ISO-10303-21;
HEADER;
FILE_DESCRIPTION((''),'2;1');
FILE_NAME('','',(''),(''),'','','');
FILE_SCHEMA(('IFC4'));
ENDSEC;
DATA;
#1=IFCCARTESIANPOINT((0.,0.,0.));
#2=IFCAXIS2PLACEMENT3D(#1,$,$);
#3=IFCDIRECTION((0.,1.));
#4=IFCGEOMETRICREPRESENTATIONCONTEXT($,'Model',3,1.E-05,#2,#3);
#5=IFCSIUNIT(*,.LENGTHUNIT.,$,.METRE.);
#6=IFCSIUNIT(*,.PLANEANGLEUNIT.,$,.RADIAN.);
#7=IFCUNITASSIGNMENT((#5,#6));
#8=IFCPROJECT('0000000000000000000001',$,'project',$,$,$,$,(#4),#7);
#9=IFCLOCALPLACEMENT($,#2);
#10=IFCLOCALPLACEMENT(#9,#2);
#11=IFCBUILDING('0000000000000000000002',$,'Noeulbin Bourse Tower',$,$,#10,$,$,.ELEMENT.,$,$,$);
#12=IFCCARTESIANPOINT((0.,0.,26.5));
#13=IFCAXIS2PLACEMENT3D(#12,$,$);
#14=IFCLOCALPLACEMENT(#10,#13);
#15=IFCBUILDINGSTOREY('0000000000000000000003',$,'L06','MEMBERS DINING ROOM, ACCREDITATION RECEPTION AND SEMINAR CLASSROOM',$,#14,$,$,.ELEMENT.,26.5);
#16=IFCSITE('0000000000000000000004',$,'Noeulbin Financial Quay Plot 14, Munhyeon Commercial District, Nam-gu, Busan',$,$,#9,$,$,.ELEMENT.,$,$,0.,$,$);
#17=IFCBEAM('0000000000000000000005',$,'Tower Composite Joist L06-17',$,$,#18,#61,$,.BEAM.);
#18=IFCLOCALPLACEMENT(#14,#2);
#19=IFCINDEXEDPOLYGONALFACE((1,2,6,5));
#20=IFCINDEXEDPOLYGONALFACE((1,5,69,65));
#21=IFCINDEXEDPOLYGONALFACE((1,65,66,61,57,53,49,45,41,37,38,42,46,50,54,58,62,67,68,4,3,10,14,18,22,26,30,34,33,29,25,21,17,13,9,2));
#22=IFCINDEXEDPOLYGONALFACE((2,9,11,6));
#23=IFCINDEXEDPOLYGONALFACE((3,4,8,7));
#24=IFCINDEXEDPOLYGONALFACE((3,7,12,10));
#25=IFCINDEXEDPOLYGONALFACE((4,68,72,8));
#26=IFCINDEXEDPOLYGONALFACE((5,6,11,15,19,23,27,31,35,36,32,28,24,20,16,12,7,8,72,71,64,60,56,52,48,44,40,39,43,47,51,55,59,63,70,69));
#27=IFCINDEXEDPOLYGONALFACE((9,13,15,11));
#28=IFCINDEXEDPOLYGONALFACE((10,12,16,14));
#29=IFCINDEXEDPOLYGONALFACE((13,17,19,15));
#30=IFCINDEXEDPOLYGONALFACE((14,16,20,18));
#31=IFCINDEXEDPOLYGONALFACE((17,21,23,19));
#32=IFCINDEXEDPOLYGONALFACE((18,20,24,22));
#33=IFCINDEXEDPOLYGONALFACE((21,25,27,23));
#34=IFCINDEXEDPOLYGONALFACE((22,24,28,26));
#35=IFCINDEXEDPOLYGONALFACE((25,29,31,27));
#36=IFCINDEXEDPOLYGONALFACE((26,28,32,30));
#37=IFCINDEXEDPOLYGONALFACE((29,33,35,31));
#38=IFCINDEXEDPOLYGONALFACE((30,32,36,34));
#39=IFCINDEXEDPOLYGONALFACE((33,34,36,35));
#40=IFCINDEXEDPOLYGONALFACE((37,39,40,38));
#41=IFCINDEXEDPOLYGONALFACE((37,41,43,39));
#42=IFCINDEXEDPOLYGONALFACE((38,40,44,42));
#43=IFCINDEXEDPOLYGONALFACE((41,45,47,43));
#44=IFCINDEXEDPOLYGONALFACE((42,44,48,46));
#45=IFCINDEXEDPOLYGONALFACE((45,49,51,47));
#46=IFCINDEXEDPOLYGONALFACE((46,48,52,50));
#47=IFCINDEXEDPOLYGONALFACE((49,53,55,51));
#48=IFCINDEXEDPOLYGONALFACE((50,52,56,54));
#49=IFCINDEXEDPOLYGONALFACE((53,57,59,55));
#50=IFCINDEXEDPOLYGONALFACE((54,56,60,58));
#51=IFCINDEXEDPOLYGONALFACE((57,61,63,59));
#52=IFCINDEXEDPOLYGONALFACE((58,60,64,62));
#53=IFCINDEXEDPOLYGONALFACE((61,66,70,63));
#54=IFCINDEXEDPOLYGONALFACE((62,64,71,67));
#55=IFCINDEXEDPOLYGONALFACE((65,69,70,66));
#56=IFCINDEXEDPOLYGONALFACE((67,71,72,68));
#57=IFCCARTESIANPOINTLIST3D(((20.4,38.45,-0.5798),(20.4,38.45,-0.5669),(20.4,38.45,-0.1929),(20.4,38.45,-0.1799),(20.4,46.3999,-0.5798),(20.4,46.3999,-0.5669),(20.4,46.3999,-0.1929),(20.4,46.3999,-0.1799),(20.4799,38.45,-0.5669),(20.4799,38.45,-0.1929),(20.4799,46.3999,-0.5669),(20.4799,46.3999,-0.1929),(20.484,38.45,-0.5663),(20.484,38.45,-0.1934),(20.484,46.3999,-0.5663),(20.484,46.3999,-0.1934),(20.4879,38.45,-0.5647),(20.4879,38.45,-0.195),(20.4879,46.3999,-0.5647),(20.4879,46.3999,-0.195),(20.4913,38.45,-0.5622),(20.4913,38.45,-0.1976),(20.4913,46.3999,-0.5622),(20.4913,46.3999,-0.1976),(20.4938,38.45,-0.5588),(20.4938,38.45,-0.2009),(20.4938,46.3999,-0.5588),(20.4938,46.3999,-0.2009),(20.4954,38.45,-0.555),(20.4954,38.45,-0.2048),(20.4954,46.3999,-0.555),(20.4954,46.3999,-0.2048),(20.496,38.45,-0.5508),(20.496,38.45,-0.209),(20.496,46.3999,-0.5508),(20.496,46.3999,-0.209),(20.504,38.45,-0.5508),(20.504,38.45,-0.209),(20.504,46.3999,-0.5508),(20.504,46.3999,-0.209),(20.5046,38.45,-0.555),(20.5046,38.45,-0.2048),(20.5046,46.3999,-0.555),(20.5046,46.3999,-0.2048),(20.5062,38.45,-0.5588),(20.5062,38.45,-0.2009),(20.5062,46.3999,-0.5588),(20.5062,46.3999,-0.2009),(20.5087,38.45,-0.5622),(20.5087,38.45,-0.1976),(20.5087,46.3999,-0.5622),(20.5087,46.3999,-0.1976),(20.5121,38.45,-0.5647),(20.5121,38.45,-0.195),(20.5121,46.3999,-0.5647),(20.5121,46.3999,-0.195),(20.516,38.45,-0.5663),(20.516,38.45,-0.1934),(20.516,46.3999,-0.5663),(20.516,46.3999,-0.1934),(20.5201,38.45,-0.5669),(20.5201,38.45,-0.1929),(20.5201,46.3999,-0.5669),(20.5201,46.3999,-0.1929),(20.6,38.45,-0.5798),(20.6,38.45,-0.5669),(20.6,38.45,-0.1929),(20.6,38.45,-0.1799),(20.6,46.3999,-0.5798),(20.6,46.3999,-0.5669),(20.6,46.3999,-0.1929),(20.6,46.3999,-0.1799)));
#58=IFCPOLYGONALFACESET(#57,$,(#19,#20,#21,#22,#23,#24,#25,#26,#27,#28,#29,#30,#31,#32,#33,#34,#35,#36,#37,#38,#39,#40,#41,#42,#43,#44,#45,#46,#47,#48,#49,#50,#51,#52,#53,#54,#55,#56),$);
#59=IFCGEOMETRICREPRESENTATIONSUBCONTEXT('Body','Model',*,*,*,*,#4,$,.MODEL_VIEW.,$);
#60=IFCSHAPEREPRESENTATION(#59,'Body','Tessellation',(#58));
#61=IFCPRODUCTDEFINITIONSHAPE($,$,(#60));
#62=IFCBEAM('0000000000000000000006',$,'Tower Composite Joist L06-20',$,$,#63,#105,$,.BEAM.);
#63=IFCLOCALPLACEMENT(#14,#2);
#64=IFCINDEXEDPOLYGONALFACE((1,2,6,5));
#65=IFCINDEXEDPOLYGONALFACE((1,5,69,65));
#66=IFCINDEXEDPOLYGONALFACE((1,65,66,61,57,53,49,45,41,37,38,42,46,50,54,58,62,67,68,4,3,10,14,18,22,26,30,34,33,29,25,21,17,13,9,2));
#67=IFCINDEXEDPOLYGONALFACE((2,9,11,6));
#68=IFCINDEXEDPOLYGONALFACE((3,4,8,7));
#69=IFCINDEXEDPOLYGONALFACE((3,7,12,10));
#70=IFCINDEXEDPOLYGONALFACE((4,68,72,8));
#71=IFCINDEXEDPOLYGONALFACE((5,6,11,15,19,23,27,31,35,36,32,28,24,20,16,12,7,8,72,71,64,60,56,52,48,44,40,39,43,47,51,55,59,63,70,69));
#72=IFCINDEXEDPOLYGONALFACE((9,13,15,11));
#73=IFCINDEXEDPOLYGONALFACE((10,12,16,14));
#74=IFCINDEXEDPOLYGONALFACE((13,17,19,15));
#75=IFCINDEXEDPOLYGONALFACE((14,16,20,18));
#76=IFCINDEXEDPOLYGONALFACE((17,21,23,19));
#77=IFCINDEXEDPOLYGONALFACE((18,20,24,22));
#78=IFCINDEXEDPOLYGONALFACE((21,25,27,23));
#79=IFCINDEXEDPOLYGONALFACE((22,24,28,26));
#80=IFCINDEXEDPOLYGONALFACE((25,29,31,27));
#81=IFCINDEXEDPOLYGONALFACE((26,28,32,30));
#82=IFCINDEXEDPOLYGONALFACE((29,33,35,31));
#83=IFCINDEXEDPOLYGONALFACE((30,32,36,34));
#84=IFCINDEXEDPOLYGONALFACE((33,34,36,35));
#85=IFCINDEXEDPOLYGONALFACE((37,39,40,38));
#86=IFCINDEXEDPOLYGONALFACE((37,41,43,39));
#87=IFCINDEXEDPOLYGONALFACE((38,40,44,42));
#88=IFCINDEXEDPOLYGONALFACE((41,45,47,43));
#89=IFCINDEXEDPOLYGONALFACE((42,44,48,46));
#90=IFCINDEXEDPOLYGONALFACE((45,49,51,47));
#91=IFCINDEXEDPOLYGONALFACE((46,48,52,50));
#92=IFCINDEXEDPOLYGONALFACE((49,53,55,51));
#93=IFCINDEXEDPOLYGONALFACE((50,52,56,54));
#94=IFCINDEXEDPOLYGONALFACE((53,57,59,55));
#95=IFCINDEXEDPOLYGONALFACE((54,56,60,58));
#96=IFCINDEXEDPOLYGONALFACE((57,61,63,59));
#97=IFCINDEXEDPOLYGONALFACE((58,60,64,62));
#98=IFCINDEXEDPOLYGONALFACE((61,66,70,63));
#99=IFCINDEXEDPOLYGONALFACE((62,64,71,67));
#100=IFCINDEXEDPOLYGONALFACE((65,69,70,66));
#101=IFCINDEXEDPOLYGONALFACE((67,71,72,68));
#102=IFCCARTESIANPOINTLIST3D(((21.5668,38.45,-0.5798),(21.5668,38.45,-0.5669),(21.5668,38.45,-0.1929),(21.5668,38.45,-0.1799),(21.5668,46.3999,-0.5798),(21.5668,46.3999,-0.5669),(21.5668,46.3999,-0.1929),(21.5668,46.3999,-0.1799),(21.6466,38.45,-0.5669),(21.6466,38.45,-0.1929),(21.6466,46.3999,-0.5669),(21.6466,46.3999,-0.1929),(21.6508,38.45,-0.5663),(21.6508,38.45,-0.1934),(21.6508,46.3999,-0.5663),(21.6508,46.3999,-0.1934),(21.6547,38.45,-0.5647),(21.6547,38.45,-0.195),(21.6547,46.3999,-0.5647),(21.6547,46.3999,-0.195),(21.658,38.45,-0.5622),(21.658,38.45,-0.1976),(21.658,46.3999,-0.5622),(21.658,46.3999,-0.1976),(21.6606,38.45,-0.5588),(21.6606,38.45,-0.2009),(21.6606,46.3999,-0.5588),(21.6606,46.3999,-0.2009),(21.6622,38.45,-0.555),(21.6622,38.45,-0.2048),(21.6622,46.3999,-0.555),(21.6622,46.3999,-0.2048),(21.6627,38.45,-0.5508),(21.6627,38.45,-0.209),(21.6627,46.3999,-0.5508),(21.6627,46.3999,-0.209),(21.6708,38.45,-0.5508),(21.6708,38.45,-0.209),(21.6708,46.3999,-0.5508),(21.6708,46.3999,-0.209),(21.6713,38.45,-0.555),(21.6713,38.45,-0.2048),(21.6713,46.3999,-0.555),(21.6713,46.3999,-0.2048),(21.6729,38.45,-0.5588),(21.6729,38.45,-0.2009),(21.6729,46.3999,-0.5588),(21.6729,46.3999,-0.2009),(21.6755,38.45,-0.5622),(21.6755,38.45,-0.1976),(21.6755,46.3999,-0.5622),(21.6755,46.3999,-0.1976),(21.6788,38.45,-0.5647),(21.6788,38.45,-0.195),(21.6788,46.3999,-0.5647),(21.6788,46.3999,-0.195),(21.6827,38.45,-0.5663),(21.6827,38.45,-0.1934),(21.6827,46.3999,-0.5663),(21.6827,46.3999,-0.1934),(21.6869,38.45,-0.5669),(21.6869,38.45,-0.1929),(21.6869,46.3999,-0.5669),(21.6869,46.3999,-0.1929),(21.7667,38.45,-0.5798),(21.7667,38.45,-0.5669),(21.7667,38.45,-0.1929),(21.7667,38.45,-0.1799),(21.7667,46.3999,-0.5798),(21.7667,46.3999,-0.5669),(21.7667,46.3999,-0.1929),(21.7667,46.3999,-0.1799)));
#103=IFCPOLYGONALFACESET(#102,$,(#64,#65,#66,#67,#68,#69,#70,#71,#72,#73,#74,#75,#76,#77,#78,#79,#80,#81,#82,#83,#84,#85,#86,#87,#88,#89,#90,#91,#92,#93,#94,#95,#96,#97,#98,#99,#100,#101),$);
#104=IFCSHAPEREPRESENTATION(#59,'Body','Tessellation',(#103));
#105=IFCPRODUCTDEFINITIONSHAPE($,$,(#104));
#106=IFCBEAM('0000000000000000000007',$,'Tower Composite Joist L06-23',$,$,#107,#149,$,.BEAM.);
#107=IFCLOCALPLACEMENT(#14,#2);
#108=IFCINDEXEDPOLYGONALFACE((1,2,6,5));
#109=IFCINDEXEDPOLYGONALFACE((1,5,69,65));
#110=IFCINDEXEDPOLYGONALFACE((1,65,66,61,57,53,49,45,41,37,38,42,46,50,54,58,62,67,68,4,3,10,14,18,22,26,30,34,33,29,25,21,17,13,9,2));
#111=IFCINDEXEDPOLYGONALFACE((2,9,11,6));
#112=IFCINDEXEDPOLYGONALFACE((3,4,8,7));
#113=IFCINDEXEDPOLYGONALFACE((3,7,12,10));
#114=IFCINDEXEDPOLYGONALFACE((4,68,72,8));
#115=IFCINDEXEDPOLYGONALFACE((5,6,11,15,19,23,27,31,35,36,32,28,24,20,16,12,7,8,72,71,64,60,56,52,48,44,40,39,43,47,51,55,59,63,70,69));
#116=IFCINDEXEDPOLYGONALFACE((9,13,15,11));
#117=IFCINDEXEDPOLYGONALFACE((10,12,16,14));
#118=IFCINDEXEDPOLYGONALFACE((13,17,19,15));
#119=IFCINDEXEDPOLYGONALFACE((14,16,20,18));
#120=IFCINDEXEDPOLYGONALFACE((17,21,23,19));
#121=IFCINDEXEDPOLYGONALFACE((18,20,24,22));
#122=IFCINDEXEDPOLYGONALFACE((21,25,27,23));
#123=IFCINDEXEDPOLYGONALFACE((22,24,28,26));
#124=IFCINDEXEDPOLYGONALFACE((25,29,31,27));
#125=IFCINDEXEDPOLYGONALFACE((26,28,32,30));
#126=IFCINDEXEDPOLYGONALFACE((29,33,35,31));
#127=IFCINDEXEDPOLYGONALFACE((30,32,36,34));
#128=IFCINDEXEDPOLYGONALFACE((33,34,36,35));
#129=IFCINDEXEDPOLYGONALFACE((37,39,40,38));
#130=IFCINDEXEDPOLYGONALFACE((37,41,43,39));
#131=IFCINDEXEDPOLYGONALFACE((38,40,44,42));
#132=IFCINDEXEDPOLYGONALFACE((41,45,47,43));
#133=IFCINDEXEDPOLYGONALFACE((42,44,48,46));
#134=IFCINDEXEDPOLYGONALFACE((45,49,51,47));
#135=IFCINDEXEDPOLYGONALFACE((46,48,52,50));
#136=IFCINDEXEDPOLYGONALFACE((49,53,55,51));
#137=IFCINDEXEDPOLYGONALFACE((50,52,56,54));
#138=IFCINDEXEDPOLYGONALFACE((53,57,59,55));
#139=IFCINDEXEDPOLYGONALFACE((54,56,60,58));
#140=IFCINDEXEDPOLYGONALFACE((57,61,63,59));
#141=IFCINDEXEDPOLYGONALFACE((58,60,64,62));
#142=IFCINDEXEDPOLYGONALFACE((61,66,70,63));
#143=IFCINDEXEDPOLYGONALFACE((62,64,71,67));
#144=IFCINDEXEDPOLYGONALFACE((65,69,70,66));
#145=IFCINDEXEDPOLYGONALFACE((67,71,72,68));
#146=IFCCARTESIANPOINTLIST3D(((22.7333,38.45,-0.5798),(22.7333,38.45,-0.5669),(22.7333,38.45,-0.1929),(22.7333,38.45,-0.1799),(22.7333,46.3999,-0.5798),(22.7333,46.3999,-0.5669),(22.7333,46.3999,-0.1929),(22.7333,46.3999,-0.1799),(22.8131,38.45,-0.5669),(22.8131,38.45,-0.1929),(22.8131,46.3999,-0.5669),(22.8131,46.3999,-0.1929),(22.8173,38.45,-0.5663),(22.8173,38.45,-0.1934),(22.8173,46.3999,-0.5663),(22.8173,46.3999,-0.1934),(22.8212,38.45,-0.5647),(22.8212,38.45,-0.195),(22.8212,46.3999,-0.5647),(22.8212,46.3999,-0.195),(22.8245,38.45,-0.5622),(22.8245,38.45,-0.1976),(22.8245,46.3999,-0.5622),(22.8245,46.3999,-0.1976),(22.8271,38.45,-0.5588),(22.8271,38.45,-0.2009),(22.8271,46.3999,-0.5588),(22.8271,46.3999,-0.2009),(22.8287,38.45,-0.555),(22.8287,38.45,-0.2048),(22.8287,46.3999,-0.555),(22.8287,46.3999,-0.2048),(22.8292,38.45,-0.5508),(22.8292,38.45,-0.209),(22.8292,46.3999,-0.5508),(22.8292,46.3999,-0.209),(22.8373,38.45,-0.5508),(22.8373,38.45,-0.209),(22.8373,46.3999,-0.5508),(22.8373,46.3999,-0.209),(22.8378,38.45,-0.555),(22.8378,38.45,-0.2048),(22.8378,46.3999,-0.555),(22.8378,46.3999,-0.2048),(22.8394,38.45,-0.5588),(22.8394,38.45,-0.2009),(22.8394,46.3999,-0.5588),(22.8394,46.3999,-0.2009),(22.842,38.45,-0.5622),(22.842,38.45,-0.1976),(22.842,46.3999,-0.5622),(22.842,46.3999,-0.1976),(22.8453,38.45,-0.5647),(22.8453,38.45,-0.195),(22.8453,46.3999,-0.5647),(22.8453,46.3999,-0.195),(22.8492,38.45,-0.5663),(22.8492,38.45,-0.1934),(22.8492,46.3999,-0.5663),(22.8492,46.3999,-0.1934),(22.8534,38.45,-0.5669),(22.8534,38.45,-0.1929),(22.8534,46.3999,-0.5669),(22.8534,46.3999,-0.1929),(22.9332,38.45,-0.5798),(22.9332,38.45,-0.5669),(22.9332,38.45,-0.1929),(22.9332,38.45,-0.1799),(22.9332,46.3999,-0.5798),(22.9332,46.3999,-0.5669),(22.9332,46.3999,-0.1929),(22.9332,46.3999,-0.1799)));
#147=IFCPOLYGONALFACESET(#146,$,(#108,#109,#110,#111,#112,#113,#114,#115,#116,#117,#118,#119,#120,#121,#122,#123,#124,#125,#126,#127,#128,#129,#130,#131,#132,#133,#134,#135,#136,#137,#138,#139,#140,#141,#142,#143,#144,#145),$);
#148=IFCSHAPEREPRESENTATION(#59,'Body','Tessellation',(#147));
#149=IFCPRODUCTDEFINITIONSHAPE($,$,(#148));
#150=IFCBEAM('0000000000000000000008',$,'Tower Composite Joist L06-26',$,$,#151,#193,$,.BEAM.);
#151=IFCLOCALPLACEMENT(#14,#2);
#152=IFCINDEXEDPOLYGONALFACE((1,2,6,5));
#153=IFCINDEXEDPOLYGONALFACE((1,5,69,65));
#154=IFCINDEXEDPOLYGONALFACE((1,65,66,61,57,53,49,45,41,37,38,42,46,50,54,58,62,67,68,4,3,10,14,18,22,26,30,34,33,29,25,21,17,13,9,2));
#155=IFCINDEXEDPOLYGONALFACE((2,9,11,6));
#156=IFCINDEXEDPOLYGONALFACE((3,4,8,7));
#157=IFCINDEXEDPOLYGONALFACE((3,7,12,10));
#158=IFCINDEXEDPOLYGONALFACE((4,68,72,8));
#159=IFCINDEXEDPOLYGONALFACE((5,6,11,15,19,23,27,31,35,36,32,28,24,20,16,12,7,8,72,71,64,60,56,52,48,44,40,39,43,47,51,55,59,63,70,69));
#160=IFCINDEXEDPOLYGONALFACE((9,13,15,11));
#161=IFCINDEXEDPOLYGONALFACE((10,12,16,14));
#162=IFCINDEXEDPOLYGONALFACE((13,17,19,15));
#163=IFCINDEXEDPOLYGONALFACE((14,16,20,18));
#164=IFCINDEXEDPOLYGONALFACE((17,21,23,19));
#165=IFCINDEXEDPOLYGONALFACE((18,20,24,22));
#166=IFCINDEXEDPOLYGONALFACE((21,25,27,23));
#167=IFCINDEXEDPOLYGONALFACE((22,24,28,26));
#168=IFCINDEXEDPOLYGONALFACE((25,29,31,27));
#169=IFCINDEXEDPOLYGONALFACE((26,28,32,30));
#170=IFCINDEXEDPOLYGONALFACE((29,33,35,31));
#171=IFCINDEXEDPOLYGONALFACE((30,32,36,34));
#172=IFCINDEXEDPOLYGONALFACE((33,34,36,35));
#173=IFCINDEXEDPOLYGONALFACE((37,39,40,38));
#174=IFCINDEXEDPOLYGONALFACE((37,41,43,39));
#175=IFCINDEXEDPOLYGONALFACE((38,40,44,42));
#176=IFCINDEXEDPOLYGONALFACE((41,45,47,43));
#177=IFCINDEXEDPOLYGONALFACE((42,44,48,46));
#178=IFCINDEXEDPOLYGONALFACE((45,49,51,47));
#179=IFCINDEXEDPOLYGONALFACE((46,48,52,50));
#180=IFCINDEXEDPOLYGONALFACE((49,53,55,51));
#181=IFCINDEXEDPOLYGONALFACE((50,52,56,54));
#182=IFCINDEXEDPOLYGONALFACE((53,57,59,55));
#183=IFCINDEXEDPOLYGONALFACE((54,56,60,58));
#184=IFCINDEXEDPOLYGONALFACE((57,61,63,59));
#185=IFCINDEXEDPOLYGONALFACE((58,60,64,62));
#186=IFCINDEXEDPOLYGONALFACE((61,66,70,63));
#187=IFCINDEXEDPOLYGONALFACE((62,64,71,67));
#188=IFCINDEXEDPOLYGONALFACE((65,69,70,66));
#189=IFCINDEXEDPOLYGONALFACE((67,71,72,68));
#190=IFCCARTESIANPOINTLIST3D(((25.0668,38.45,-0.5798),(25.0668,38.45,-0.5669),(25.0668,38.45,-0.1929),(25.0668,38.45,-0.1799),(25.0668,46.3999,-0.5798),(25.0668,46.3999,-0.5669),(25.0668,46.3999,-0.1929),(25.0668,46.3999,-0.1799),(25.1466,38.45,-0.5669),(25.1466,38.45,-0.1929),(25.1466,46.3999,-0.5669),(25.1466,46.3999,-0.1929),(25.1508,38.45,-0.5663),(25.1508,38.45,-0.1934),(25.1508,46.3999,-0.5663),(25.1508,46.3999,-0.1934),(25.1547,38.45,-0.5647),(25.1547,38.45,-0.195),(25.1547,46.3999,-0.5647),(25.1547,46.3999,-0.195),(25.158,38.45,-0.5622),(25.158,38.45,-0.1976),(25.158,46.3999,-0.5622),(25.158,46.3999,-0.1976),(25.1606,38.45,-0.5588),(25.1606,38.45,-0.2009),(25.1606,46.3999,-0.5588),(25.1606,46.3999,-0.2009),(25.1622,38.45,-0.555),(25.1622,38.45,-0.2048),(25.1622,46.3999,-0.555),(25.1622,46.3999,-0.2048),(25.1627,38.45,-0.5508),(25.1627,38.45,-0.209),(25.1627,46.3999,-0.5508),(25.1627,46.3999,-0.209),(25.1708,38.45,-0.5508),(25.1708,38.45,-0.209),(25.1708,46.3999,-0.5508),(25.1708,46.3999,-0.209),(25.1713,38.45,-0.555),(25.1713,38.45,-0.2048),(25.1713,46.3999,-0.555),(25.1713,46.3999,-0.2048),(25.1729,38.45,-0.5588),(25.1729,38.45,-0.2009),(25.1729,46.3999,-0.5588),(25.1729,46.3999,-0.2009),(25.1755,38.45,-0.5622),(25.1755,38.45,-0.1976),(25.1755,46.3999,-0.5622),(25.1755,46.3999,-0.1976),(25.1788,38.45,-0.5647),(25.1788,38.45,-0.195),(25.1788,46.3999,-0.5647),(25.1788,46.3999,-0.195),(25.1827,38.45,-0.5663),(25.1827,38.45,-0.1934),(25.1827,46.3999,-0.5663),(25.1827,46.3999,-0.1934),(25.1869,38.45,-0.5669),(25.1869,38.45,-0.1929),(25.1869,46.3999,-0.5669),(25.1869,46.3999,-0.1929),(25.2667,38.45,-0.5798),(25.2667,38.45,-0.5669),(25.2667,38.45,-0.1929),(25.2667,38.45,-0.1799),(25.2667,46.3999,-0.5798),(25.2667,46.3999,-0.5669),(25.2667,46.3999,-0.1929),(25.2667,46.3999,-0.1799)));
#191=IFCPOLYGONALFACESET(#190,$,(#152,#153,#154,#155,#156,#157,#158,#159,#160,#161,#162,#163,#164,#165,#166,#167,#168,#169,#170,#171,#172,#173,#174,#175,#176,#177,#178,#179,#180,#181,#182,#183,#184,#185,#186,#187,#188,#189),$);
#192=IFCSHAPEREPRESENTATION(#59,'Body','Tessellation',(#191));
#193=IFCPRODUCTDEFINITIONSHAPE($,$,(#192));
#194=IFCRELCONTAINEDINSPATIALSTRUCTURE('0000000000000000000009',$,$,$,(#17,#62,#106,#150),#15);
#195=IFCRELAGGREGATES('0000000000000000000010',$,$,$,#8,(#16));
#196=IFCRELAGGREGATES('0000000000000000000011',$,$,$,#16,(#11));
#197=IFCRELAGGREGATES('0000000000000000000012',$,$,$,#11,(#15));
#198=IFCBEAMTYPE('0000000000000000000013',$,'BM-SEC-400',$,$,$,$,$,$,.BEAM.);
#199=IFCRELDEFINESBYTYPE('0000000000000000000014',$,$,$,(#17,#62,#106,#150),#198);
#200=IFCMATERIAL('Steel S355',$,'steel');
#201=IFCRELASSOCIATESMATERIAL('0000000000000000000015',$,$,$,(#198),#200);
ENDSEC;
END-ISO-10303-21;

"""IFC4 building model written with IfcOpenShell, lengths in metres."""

from ifc_helpers import new_model, si_unit, direction, frame, origin, origin_2d, place, context, subcontext, project, spatial, i_section, extrude, material, material_profile, profile_set, type_object, element, save


model = new_model("IFC4")

# Units and contexts
model_context = context("Model", 3, precision=1e-05, world=origin(), true_north=direction((0.0, 1.0)))
body_context = subcontext(model_context, "Body", "Model", "MODEL_VIEW")
ifc_project = project(units=[si_unit("LENGTHUNIT", "METRE"), si_unit("PLANEANGLEUNIT", "RADIAN")], contexts=[model_context])

# Site, building, storey
site_placement = place(None, origin())
site = spatial("IfcSite", under=ifc_project, at=site_placement, Name="Noeulbin Financial Quay Plot 14, Munhyeon Commercial District, Nam-gu, Busan", CompositionType="ELEMENT", RefElevation=0.0)
building_placement = place(site_placement, origin())
building = spatial("IfcBuilding", under=site, at=building_placement, Name="Noeulbin Bourse Tower", CompositionType="ELEMENT")
storey_placement = place(building_placement, frame((0.0, 0.0, 26.5)))
storey = spatial("IfcBuildingStorey", under=building, at=storey_placement, Name="L06", Description="MEMBERS DINING ROOM, ACCREDITATION RECEPTION AND SEMINAR CLASSROOM", CompositionType="ELEMENT", Elevation=26.5)

# Beams
ifc_material_1 = material(Name="Steel S355", Category="steel")
ifc_material_profile_1 = material_profile(ifc_material_1, i_section(OverallWidth=0.2, OverallDepth=0.3999, WebThickness=0.0081, FlangeThickness=0.0129, FilletRadius=0.0161, at=origin_2d()), Name="H-400x200x8x13", Category="LoadBearing")
ifc_profile_set_1 = profile_set([ifc_material_profile_1], Name="Steel S355")
beam_type_1 = type_object("IfcBeamType", Name="BM-SEC-400", PredefinedType="BEAM", material=ifc_profile_set_1)
for number, where, z_axis, x_axis, name in (
    (1, (20.5, 38.45, -0.3799), (0.0, 1.0, 0.0), (-1.0, 0.0, 0.0), "Tower Composite Joist L06-17"),
    (2, (21.6667, 38.45, -0.3799), (0.0, 1.0, 0.0), (-1.0, 0.0, 0.0), "Tower Composite Joist L06-20"),
    (3, (22.8333, 38.45, -0.3799), (0.0, 1.0, 0.0), (-1.0, 0.0, 0.0), "Tower Composite Joist L06-23"),
    (4, (25.1667, 38.45, -0.3799), (0.0, 1.0, 0.0), (-1.0, 0.0, 0.0), "Tower Composite Joist L06-26"),
):
    element("IfcBeam", number, at=place(storey_placement, frame(where, z_axis=z_axis, x_axis=x_axis)), inside=storey, type_object=beam_type_1, Name=name, PredefinedType="BEAM", context=body_context, shape_type="SweptSolid", body=[
        extrude(i_section(OverallWidth=0.2, OverallDepth=0.3999, WebThickness=0.0081, FlangeThickness=0.0129, FilletRadius=0.0161, at=origin_2d()), origin(), (0.0, 0.0, 1.0), 7.95),
    ])

save(model, "model.ifc")
